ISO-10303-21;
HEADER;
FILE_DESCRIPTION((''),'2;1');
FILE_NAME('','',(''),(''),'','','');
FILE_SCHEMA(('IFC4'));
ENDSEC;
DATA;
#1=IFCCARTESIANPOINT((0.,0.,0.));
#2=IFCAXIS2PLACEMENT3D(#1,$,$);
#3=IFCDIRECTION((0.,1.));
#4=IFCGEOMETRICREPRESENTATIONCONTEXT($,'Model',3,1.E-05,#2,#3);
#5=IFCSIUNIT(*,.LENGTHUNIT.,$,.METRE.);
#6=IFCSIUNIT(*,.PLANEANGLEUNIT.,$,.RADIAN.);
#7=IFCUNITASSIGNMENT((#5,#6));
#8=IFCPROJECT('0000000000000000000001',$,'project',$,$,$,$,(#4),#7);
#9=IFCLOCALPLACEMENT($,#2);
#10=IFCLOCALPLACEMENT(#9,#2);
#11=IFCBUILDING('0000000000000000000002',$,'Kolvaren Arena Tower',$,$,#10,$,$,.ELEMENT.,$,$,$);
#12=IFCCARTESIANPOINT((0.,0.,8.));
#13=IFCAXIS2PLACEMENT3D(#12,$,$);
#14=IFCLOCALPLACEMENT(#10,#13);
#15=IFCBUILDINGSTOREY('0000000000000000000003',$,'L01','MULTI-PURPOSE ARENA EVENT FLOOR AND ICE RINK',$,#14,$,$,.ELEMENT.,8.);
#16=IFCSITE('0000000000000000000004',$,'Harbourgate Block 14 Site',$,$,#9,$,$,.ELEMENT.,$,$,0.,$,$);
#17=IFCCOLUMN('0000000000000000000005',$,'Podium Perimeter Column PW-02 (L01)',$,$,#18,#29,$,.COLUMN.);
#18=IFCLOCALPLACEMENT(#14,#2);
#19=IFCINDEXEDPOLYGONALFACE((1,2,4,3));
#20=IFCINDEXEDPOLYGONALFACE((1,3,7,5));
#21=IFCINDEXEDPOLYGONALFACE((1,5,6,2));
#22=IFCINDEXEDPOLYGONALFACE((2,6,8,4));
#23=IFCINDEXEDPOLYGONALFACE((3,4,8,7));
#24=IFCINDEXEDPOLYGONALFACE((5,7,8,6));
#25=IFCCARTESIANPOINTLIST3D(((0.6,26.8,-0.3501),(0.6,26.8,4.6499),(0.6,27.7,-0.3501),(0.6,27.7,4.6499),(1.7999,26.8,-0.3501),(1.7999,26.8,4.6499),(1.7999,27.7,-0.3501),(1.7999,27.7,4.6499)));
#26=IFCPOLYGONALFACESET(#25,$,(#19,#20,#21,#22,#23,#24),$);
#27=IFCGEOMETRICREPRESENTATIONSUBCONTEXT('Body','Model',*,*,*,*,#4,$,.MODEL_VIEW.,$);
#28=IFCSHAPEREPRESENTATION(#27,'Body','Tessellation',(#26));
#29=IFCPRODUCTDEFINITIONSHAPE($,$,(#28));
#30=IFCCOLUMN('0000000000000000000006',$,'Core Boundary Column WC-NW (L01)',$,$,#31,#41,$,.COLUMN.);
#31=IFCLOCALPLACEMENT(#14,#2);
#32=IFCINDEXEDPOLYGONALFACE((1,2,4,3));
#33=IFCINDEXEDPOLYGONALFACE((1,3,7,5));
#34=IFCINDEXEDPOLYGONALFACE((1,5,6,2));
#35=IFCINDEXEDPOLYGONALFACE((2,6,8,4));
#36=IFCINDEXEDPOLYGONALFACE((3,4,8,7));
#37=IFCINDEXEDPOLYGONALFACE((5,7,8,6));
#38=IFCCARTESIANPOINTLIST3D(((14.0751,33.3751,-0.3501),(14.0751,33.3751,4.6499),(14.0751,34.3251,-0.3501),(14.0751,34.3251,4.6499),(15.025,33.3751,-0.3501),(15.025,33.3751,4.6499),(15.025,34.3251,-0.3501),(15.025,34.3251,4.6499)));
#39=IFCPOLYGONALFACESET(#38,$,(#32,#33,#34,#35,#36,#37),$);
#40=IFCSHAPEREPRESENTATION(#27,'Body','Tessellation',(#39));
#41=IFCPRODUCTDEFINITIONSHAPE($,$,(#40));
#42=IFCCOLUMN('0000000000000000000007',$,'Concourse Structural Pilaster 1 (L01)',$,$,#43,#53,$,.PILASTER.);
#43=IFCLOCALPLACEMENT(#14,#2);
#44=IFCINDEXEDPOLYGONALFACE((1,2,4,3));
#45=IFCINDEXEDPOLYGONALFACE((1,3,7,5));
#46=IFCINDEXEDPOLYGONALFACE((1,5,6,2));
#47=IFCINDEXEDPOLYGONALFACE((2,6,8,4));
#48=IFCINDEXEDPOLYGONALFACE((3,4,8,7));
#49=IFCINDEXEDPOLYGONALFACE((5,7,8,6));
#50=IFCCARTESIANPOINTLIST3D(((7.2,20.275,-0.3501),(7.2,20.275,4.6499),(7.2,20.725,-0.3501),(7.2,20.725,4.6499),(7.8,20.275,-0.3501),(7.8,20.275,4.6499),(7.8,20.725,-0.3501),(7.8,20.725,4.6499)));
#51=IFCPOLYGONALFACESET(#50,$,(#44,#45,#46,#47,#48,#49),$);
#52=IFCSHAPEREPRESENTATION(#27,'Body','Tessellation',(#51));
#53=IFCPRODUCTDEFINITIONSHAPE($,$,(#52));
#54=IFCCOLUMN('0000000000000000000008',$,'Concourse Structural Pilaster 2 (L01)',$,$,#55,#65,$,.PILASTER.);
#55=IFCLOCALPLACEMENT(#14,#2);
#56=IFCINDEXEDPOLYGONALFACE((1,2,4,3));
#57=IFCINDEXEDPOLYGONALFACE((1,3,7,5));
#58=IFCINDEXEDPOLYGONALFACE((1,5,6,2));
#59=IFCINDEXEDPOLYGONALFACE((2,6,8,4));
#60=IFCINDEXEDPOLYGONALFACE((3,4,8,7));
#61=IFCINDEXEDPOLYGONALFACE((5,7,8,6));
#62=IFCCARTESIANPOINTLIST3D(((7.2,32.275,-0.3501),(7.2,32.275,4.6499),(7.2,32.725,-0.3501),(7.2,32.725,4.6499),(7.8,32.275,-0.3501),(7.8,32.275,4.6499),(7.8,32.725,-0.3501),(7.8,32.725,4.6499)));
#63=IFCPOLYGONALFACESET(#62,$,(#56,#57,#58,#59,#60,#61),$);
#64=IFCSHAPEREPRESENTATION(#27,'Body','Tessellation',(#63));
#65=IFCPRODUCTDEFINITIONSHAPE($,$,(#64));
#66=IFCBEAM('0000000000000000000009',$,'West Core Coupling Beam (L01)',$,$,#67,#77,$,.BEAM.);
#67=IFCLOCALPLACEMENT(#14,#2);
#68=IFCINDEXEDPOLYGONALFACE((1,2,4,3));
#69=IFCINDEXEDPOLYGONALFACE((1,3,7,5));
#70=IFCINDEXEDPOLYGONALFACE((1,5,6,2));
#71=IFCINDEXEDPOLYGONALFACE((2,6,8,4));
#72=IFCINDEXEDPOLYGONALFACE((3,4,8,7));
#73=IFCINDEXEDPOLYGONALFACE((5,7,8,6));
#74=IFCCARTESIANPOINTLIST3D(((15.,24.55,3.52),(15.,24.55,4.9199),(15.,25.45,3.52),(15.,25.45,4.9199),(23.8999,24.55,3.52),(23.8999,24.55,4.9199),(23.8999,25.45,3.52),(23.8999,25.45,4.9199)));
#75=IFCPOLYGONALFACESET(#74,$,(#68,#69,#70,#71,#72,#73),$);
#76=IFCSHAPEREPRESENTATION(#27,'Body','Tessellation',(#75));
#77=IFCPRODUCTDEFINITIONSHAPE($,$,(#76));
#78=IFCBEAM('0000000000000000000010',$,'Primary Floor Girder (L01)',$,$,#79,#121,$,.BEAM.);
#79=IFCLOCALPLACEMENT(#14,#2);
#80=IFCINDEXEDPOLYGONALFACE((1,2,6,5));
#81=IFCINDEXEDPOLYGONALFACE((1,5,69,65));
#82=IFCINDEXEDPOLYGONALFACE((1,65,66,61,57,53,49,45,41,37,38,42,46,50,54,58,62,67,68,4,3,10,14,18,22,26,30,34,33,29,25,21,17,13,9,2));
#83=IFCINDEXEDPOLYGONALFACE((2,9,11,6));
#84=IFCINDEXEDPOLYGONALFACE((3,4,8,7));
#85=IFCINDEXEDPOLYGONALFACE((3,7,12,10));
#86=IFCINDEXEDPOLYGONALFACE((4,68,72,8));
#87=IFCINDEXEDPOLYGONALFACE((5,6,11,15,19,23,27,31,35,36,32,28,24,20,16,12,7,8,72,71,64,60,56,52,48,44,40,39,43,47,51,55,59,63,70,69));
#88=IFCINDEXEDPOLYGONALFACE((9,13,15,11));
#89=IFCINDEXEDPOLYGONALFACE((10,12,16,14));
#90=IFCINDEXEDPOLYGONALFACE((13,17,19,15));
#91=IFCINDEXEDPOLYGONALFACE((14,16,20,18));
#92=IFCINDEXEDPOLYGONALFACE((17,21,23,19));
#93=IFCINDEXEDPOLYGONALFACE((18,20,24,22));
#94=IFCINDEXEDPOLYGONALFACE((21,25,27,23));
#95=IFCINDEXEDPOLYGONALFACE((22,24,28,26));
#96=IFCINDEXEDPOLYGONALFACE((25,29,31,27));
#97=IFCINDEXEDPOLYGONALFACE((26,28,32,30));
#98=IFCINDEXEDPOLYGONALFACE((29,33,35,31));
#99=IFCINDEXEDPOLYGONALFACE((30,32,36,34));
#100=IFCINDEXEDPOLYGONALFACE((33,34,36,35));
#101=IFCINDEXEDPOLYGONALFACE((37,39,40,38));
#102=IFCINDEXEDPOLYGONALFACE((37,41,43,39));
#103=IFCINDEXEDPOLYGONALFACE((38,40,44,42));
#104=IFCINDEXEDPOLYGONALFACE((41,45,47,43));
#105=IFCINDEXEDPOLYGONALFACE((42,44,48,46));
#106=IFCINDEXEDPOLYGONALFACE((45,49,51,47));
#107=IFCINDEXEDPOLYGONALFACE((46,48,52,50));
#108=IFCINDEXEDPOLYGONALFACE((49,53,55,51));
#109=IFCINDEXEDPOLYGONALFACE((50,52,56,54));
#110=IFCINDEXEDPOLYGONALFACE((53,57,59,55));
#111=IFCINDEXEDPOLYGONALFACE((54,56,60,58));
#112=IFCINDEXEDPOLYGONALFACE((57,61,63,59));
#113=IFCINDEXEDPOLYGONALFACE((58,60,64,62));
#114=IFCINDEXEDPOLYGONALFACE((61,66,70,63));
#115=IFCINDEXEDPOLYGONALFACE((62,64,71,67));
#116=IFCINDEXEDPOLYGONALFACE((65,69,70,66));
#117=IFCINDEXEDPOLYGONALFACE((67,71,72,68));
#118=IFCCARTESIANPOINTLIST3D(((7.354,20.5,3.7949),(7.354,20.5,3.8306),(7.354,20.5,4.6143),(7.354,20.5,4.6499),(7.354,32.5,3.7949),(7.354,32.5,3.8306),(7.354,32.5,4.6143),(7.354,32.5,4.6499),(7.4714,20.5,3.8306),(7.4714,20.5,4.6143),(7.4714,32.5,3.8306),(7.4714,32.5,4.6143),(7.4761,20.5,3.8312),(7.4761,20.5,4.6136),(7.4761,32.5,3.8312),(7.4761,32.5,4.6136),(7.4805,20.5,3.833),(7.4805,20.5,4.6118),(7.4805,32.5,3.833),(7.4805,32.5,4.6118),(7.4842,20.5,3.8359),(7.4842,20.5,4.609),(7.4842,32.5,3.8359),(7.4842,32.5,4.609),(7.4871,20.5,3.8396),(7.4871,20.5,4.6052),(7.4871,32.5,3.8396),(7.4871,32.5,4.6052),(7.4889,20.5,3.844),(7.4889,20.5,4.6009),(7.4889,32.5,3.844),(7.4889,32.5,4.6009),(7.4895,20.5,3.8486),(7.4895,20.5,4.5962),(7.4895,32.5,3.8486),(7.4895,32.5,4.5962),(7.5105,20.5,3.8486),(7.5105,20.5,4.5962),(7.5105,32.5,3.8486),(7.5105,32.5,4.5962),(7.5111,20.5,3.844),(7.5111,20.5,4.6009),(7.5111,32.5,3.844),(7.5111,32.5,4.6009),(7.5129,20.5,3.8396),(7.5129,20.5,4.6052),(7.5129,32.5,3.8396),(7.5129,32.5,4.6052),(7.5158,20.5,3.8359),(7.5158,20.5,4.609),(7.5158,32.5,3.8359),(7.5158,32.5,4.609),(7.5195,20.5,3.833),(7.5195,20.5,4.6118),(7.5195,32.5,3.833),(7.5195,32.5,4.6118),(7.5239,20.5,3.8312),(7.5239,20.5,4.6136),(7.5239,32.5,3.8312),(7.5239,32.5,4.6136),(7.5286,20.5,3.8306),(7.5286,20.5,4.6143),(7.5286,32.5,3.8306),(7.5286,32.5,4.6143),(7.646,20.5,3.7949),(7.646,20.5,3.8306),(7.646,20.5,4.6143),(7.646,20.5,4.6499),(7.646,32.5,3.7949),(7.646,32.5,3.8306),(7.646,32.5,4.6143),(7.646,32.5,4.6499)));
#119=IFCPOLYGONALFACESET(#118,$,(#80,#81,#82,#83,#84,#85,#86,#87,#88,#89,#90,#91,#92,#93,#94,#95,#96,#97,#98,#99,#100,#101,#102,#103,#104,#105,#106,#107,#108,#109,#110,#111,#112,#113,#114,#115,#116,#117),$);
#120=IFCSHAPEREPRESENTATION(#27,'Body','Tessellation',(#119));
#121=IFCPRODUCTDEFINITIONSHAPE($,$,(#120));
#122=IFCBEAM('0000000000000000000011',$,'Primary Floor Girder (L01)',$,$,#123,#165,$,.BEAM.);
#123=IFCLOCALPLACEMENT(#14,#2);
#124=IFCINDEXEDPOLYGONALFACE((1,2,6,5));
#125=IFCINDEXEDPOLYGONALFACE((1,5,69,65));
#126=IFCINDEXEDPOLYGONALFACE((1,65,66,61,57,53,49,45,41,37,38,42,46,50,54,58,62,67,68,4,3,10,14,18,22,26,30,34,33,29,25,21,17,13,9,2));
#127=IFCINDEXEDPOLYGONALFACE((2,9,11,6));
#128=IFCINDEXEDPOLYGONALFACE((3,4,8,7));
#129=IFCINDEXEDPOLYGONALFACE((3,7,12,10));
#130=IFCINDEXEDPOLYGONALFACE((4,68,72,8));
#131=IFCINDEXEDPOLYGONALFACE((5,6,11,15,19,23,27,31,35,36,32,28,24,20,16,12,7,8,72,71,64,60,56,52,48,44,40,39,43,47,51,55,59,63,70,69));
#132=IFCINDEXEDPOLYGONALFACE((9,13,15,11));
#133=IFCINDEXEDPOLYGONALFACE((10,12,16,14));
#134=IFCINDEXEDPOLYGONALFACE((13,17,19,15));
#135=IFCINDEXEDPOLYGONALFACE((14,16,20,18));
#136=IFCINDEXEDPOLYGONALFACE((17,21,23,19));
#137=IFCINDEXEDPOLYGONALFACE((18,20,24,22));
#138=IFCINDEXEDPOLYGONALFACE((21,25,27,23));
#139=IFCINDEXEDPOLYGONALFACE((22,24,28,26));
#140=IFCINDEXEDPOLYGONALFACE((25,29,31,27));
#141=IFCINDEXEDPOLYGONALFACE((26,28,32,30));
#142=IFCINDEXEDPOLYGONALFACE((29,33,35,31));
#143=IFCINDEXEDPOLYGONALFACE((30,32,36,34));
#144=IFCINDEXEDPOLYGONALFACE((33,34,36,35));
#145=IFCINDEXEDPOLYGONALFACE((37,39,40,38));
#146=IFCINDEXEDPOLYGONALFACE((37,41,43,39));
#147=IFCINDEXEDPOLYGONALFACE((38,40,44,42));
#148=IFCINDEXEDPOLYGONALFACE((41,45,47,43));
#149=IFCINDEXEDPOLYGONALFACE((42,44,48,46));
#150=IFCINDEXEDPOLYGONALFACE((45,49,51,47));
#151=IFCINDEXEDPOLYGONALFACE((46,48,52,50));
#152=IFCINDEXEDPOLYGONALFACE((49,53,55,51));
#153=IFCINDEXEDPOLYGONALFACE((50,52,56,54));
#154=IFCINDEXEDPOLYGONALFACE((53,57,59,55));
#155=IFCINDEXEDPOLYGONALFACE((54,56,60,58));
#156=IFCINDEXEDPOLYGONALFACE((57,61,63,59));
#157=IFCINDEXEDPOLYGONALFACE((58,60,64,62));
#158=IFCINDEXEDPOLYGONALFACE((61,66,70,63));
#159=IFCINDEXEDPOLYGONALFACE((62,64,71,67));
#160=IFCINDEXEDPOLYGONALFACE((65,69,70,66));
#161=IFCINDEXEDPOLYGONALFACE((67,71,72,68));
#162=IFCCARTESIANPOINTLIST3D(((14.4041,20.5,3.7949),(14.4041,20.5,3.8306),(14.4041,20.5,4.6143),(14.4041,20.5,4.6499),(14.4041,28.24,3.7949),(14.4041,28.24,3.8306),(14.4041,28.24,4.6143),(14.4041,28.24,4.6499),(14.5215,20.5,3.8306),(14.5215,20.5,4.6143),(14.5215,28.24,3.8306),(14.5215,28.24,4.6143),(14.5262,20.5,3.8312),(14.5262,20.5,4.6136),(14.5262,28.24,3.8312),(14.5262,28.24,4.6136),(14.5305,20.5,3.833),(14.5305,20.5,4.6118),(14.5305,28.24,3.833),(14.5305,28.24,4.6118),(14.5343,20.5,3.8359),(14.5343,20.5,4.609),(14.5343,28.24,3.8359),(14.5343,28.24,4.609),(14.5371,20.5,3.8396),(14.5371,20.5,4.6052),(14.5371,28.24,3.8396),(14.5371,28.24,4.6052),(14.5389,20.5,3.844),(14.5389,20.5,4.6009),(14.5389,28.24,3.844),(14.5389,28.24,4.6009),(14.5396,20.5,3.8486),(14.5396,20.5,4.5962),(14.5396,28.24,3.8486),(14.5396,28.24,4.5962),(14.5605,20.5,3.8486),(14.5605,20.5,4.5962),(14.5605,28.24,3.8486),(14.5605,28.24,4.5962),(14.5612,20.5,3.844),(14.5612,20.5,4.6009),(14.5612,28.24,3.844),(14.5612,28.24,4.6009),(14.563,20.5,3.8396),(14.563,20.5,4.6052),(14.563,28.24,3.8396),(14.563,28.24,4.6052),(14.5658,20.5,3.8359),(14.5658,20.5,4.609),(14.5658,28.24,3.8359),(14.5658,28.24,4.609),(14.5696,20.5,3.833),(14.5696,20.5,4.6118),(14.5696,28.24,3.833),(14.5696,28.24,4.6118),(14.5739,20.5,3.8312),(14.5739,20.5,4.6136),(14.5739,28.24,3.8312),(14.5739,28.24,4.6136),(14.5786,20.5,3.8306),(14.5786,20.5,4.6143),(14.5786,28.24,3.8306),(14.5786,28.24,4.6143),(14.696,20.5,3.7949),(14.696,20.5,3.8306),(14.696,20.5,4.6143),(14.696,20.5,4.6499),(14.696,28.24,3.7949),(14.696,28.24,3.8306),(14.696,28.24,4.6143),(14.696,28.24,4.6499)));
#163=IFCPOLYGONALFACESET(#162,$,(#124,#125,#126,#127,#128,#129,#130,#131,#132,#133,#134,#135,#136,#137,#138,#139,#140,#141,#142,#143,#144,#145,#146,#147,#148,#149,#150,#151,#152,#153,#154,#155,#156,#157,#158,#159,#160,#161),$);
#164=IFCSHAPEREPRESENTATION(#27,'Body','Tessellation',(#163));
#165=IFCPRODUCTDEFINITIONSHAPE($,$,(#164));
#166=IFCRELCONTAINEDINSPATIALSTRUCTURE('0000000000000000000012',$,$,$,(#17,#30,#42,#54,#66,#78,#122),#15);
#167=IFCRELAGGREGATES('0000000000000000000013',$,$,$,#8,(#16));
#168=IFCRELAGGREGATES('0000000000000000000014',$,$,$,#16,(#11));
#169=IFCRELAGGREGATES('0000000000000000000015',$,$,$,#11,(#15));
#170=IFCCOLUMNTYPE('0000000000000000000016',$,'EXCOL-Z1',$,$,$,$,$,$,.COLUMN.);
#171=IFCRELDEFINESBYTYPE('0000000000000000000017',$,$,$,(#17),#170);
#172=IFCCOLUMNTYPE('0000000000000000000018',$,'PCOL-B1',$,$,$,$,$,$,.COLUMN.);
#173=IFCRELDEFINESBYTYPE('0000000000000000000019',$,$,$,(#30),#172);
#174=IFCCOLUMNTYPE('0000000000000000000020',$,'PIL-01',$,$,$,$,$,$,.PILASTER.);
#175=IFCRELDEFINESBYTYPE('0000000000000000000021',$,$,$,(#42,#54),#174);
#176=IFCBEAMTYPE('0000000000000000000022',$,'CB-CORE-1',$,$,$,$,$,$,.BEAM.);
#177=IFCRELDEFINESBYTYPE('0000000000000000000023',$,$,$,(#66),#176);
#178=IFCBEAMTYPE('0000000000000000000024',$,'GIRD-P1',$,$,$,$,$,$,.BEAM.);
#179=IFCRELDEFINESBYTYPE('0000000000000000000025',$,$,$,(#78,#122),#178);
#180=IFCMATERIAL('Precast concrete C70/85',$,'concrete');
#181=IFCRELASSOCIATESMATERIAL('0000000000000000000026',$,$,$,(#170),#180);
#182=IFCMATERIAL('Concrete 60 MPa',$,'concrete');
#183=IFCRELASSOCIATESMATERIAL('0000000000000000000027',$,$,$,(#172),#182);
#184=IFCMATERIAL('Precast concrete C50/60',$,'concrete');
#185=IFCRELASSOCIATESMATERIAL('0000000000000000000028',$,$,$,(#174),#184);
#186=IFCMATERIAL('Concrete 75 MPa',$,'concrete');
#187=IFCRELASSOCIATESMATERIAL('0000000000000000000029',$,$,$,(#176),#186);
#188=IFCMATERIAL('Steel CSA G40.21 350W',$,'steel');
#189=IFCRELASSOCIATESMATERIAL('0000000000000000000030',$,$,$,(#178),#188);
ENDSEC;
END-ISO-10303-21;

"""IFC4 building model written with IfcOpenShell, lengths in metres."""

from ifc_helpers import new_model, si_unit, direction, frame, origin, origin_2d, place, context, subcontext, project, spatial, rectangle, i_section, extrude, material, material_profile, profile_set, type_object, element, save


model = new_model("IFC4")

# Units and contexts
model_context = context("Model", 3, precision=1e-05, world=origin(), true_north=direction((0.0, 1.0)))
body_context = subcontext(model_context, "Body", "Model", "MODEL_VIEW")
ifc_project = project(units=[si_unit("LENGTHUNIT", "METRE"), si_unit("PLANEANGLEUNIT", "RADIAN")], contexts=[model_context])

# Site, building, storey
site_placement = place(None, origin())
site = spatial("IfcSite", under=ifc_project, at=site_placement, Name="Harbourgate Block 14 Site", CompositionType="ELEMENT", RefElevation=0.0)
building_placement = place(site_placement, origin())
building = spatial("IfcBuilding", under=site, at=building_placement, Name="Kolvaren Arena Tower", CompositionType="ELEMENT")
storey_placement = place(building_placement, frame((0.0, 0.0, 8.0)))
storey = spatial("IfcBuildingStorey", under=building, at=storey_placement, Name="L01", Description="MULTI-PURPOSE ARENA EVENT FLOOR AND ICE RINK", CompositionType="ELEMENT", Elevation=8.0)

# Columns
ifc_material_1 = material(Name="Precast concrete C70/85", Category="concrete")
ifc_material_profile_1 = material_profile(ifc_material_1, rectangle(XDim=1.2, YDim=0.8999, at=origin_2d()), Name="RC-1200x900")
ifc_profile_set_1 = profile_set([ifc_material_profile_1], Name="Precast concrete C70/85")
column_type_1 = type_object("IfcColumnType", Name="EXCOL-Z1", PredefinedType="COLUMN", material=ifc_profile_set_1)
column_1_placement = place(storey_placement, frame((1.2, 27.25, -0.3501), z_axis=(0.0, 0.0, 1.0), x_axis=(1.0, 0.0, 0.0)))
element("IfcColumn", 1, at=column_1_placement, inside=storey, type_object=column_type_1, Name="Podium Perimeter Column PW-02 (L01)", PredefinedType="COLUMN", context=body_context, shape_type="SweptSolid", body=[
    extrude(rectangle(XDim=1.2, YDim=0.8999, at=origin_2d()), origin(), (0.0, 0.0, 1.0), 5.0),
])
ifc_material_2 = material(Name="Concrete 60 MPa", Category="concrete")
ifc_material_profile_2 = material_profile(ifc_material_2, rectangle(XDim=0.95, YDim=0.95, at=origin_2d()), Name="RC-950x950")
ifc_profile_set_2 = profile_set([ifc_material_profile_2], Name="Concrete 60 MPa")
column_type_2 = type_object("IfcColumnType", Name="PCOL-B1", PredefinedType="COLUMN", material=ifc_profile_set_2)
column_2_placement = place(storey_placement, frame((14.55, 33.8501, -0.3501), z_axis=(0.0, 0.0, 1.0), x_axis=(1.0, 0.0, 0.0)))
element("IfcColumn", 2, at=column_2_placement, inside=storey, type_object=column_type_2, Name="Core Boundary Column WC-NW (L01)", PredefinedType="COLUMN", context=body_context, shape_type="SweptSolid", body=[
    extrude(rectangle(XDim=0.95, YDim=0.95, at=origin_2d()), origin(), (0.0, 0.0, 1.0), 5.0),
])
ifc_material_3 = material(Name="Precast concrete C50/60", Category="concrete")
ifc_material_profile_3 = material_profile(ifc_material_3, rectangle(XDim=0.6001, YDim=0.45, at=origin_2d()), Name="RC-600x450")
ifc_profile_set_3 = profile_set([ifc_material_profile_3], Name="Precast concrete C50/60")
column_type_3 = type_object("IfcColumnType", Name="PIL-01", PredefinedType="PILASTER", material=ifc_profile_set_3)
for number, where, z_axis, x_axis, name in (
    (3, (7.5, 20.5, -0.3501), (0.0, 0.0, 1.0), (1.0, 0.0, 0.0), "Concourse Structural Pilaster 1 (L01)"),
    (4, (7.5, 32.5, -0.3501), (0.0, 0.0, 1.0), (1.0, 0.0, 0.0), "Concourse Structural Pilaster 2 (L01)"),
):
    element("IfcColumn", number, at=place(storey_placement, frame(where, z_axis=z_axis, x_axis=x_axis)), inside=storey, type_object=column_type_3, Name=name, PredefinedType="PILASTER", context=body_context, shape_type="SweptSolid", body=[
        extrude(rectangle(XDim=0.6001, YDim=0.45, at=origin_2d()), origin(), (0.0, 0.0, 1.0), 5.0),
    ])

# Beams
ifc_material_4 = material(Name="Concrete 75 MPa", Category="concrete")
ifc_material_profile_4 = material_profile(ifc_material_4, rectangle(XDim=0.8999, YDim=1.3999, at=origin_2d()), Name="RC-900x1400")
ifc_profile_set_4 = profile_set([ifc_material_profile_4], Name="Concrete 75 MPa")
beam_type_1 = type_object("IfcBeamType", Name="CB-CORE-1", PredefinedType="BEAM", material=ifc_profile_set_4)
beam_1_placement = place(storey_placement, frame((15.0, 25.0, 4.22), z_axis=(1.0, 0.0, 0.0), x_axis=(0.0, 1.0, 0.0)))
element("IfcBeam", 5, at=beam_1_placement, inside=storey, type_object=beam_type_1, Name="West Core Coupling Beam (L01)", PredefinedType="BEAM", context=body_context, shape_type="SweptSolid", body=[
    extrude(rectangle(XDim=0.8999, YDim=1.3999, at=origin_2d()), origin(), (0.0, 0.0, 1.0), 8.8999),
])
ifc_material_5 = material(Name="Steel CSA G40.21 350W", Category="steel")
ifc_material_profile_5 = material_profile(ifc_material_5, i_section(OverallWidth=0.292, OverallDepth=0.855, WebThickness=0.021, FlangeThickness=0.0356, FilletRadius=0.0181, at=origin_2d()), Name="W840x299")
ifc_profile_set_5 = profile_set([ifc_material_profile_5], Name="Steel CSA G40.21 350W")
beam_type_2 = type_object("IfcBeamType", Name="GIRD-P1", PredefinedType="BEAM", material=ifc_profile_set_5)
beam_2_placement = place(storey_placement, frame((7.5, 20.5, 4.2224), z_axis=(0.0, 1.0, 0.0), x_axis=(-1.0, 0.0, 0.0)))
element("IfcBeam", 6, at=beam_2_placement, inside=storey, type_object=beam_type_2, Name="Primary Floor Girder (L01)", PredefinedType="BEAM", context=body_context, shape_type="SweptSolid", body=[
    extrude(i_section(OverallWidth=0.292, OverallDepth=0.855, WebThickness=0.021, FlangeThickness=0.0356, FilletRadius=0.0181, at=origin_2d()), origin(), (0.0, 0.0, 1.0), 12.0),
])
beam_3_placement = place(storey_placement, frame((14.55, 20.5, 4.2224), z_axis=(0.0, 1.0, 0.0), x_axis=(-1.0, 0.0, 0.0)))
element("IfcBeam", 7, at=beam_3_placement, inside=storey, type_object=beam_type_2, Name="Primary Floor Girder (L01)", PredefinedType="BEAM", context=body_context, shape_type="SweptSolid", body=[
    extrude(i_section(OverallWidth=0.292, OverallDepth=0.855, WebThickness=0.021, FlangeThickness=0.0356, FilletRadius=0.0181, at=origin_2d()), origin(), (0.0, 0.0, 1.0), 7.74),
])

save(model, "model.ifc")
